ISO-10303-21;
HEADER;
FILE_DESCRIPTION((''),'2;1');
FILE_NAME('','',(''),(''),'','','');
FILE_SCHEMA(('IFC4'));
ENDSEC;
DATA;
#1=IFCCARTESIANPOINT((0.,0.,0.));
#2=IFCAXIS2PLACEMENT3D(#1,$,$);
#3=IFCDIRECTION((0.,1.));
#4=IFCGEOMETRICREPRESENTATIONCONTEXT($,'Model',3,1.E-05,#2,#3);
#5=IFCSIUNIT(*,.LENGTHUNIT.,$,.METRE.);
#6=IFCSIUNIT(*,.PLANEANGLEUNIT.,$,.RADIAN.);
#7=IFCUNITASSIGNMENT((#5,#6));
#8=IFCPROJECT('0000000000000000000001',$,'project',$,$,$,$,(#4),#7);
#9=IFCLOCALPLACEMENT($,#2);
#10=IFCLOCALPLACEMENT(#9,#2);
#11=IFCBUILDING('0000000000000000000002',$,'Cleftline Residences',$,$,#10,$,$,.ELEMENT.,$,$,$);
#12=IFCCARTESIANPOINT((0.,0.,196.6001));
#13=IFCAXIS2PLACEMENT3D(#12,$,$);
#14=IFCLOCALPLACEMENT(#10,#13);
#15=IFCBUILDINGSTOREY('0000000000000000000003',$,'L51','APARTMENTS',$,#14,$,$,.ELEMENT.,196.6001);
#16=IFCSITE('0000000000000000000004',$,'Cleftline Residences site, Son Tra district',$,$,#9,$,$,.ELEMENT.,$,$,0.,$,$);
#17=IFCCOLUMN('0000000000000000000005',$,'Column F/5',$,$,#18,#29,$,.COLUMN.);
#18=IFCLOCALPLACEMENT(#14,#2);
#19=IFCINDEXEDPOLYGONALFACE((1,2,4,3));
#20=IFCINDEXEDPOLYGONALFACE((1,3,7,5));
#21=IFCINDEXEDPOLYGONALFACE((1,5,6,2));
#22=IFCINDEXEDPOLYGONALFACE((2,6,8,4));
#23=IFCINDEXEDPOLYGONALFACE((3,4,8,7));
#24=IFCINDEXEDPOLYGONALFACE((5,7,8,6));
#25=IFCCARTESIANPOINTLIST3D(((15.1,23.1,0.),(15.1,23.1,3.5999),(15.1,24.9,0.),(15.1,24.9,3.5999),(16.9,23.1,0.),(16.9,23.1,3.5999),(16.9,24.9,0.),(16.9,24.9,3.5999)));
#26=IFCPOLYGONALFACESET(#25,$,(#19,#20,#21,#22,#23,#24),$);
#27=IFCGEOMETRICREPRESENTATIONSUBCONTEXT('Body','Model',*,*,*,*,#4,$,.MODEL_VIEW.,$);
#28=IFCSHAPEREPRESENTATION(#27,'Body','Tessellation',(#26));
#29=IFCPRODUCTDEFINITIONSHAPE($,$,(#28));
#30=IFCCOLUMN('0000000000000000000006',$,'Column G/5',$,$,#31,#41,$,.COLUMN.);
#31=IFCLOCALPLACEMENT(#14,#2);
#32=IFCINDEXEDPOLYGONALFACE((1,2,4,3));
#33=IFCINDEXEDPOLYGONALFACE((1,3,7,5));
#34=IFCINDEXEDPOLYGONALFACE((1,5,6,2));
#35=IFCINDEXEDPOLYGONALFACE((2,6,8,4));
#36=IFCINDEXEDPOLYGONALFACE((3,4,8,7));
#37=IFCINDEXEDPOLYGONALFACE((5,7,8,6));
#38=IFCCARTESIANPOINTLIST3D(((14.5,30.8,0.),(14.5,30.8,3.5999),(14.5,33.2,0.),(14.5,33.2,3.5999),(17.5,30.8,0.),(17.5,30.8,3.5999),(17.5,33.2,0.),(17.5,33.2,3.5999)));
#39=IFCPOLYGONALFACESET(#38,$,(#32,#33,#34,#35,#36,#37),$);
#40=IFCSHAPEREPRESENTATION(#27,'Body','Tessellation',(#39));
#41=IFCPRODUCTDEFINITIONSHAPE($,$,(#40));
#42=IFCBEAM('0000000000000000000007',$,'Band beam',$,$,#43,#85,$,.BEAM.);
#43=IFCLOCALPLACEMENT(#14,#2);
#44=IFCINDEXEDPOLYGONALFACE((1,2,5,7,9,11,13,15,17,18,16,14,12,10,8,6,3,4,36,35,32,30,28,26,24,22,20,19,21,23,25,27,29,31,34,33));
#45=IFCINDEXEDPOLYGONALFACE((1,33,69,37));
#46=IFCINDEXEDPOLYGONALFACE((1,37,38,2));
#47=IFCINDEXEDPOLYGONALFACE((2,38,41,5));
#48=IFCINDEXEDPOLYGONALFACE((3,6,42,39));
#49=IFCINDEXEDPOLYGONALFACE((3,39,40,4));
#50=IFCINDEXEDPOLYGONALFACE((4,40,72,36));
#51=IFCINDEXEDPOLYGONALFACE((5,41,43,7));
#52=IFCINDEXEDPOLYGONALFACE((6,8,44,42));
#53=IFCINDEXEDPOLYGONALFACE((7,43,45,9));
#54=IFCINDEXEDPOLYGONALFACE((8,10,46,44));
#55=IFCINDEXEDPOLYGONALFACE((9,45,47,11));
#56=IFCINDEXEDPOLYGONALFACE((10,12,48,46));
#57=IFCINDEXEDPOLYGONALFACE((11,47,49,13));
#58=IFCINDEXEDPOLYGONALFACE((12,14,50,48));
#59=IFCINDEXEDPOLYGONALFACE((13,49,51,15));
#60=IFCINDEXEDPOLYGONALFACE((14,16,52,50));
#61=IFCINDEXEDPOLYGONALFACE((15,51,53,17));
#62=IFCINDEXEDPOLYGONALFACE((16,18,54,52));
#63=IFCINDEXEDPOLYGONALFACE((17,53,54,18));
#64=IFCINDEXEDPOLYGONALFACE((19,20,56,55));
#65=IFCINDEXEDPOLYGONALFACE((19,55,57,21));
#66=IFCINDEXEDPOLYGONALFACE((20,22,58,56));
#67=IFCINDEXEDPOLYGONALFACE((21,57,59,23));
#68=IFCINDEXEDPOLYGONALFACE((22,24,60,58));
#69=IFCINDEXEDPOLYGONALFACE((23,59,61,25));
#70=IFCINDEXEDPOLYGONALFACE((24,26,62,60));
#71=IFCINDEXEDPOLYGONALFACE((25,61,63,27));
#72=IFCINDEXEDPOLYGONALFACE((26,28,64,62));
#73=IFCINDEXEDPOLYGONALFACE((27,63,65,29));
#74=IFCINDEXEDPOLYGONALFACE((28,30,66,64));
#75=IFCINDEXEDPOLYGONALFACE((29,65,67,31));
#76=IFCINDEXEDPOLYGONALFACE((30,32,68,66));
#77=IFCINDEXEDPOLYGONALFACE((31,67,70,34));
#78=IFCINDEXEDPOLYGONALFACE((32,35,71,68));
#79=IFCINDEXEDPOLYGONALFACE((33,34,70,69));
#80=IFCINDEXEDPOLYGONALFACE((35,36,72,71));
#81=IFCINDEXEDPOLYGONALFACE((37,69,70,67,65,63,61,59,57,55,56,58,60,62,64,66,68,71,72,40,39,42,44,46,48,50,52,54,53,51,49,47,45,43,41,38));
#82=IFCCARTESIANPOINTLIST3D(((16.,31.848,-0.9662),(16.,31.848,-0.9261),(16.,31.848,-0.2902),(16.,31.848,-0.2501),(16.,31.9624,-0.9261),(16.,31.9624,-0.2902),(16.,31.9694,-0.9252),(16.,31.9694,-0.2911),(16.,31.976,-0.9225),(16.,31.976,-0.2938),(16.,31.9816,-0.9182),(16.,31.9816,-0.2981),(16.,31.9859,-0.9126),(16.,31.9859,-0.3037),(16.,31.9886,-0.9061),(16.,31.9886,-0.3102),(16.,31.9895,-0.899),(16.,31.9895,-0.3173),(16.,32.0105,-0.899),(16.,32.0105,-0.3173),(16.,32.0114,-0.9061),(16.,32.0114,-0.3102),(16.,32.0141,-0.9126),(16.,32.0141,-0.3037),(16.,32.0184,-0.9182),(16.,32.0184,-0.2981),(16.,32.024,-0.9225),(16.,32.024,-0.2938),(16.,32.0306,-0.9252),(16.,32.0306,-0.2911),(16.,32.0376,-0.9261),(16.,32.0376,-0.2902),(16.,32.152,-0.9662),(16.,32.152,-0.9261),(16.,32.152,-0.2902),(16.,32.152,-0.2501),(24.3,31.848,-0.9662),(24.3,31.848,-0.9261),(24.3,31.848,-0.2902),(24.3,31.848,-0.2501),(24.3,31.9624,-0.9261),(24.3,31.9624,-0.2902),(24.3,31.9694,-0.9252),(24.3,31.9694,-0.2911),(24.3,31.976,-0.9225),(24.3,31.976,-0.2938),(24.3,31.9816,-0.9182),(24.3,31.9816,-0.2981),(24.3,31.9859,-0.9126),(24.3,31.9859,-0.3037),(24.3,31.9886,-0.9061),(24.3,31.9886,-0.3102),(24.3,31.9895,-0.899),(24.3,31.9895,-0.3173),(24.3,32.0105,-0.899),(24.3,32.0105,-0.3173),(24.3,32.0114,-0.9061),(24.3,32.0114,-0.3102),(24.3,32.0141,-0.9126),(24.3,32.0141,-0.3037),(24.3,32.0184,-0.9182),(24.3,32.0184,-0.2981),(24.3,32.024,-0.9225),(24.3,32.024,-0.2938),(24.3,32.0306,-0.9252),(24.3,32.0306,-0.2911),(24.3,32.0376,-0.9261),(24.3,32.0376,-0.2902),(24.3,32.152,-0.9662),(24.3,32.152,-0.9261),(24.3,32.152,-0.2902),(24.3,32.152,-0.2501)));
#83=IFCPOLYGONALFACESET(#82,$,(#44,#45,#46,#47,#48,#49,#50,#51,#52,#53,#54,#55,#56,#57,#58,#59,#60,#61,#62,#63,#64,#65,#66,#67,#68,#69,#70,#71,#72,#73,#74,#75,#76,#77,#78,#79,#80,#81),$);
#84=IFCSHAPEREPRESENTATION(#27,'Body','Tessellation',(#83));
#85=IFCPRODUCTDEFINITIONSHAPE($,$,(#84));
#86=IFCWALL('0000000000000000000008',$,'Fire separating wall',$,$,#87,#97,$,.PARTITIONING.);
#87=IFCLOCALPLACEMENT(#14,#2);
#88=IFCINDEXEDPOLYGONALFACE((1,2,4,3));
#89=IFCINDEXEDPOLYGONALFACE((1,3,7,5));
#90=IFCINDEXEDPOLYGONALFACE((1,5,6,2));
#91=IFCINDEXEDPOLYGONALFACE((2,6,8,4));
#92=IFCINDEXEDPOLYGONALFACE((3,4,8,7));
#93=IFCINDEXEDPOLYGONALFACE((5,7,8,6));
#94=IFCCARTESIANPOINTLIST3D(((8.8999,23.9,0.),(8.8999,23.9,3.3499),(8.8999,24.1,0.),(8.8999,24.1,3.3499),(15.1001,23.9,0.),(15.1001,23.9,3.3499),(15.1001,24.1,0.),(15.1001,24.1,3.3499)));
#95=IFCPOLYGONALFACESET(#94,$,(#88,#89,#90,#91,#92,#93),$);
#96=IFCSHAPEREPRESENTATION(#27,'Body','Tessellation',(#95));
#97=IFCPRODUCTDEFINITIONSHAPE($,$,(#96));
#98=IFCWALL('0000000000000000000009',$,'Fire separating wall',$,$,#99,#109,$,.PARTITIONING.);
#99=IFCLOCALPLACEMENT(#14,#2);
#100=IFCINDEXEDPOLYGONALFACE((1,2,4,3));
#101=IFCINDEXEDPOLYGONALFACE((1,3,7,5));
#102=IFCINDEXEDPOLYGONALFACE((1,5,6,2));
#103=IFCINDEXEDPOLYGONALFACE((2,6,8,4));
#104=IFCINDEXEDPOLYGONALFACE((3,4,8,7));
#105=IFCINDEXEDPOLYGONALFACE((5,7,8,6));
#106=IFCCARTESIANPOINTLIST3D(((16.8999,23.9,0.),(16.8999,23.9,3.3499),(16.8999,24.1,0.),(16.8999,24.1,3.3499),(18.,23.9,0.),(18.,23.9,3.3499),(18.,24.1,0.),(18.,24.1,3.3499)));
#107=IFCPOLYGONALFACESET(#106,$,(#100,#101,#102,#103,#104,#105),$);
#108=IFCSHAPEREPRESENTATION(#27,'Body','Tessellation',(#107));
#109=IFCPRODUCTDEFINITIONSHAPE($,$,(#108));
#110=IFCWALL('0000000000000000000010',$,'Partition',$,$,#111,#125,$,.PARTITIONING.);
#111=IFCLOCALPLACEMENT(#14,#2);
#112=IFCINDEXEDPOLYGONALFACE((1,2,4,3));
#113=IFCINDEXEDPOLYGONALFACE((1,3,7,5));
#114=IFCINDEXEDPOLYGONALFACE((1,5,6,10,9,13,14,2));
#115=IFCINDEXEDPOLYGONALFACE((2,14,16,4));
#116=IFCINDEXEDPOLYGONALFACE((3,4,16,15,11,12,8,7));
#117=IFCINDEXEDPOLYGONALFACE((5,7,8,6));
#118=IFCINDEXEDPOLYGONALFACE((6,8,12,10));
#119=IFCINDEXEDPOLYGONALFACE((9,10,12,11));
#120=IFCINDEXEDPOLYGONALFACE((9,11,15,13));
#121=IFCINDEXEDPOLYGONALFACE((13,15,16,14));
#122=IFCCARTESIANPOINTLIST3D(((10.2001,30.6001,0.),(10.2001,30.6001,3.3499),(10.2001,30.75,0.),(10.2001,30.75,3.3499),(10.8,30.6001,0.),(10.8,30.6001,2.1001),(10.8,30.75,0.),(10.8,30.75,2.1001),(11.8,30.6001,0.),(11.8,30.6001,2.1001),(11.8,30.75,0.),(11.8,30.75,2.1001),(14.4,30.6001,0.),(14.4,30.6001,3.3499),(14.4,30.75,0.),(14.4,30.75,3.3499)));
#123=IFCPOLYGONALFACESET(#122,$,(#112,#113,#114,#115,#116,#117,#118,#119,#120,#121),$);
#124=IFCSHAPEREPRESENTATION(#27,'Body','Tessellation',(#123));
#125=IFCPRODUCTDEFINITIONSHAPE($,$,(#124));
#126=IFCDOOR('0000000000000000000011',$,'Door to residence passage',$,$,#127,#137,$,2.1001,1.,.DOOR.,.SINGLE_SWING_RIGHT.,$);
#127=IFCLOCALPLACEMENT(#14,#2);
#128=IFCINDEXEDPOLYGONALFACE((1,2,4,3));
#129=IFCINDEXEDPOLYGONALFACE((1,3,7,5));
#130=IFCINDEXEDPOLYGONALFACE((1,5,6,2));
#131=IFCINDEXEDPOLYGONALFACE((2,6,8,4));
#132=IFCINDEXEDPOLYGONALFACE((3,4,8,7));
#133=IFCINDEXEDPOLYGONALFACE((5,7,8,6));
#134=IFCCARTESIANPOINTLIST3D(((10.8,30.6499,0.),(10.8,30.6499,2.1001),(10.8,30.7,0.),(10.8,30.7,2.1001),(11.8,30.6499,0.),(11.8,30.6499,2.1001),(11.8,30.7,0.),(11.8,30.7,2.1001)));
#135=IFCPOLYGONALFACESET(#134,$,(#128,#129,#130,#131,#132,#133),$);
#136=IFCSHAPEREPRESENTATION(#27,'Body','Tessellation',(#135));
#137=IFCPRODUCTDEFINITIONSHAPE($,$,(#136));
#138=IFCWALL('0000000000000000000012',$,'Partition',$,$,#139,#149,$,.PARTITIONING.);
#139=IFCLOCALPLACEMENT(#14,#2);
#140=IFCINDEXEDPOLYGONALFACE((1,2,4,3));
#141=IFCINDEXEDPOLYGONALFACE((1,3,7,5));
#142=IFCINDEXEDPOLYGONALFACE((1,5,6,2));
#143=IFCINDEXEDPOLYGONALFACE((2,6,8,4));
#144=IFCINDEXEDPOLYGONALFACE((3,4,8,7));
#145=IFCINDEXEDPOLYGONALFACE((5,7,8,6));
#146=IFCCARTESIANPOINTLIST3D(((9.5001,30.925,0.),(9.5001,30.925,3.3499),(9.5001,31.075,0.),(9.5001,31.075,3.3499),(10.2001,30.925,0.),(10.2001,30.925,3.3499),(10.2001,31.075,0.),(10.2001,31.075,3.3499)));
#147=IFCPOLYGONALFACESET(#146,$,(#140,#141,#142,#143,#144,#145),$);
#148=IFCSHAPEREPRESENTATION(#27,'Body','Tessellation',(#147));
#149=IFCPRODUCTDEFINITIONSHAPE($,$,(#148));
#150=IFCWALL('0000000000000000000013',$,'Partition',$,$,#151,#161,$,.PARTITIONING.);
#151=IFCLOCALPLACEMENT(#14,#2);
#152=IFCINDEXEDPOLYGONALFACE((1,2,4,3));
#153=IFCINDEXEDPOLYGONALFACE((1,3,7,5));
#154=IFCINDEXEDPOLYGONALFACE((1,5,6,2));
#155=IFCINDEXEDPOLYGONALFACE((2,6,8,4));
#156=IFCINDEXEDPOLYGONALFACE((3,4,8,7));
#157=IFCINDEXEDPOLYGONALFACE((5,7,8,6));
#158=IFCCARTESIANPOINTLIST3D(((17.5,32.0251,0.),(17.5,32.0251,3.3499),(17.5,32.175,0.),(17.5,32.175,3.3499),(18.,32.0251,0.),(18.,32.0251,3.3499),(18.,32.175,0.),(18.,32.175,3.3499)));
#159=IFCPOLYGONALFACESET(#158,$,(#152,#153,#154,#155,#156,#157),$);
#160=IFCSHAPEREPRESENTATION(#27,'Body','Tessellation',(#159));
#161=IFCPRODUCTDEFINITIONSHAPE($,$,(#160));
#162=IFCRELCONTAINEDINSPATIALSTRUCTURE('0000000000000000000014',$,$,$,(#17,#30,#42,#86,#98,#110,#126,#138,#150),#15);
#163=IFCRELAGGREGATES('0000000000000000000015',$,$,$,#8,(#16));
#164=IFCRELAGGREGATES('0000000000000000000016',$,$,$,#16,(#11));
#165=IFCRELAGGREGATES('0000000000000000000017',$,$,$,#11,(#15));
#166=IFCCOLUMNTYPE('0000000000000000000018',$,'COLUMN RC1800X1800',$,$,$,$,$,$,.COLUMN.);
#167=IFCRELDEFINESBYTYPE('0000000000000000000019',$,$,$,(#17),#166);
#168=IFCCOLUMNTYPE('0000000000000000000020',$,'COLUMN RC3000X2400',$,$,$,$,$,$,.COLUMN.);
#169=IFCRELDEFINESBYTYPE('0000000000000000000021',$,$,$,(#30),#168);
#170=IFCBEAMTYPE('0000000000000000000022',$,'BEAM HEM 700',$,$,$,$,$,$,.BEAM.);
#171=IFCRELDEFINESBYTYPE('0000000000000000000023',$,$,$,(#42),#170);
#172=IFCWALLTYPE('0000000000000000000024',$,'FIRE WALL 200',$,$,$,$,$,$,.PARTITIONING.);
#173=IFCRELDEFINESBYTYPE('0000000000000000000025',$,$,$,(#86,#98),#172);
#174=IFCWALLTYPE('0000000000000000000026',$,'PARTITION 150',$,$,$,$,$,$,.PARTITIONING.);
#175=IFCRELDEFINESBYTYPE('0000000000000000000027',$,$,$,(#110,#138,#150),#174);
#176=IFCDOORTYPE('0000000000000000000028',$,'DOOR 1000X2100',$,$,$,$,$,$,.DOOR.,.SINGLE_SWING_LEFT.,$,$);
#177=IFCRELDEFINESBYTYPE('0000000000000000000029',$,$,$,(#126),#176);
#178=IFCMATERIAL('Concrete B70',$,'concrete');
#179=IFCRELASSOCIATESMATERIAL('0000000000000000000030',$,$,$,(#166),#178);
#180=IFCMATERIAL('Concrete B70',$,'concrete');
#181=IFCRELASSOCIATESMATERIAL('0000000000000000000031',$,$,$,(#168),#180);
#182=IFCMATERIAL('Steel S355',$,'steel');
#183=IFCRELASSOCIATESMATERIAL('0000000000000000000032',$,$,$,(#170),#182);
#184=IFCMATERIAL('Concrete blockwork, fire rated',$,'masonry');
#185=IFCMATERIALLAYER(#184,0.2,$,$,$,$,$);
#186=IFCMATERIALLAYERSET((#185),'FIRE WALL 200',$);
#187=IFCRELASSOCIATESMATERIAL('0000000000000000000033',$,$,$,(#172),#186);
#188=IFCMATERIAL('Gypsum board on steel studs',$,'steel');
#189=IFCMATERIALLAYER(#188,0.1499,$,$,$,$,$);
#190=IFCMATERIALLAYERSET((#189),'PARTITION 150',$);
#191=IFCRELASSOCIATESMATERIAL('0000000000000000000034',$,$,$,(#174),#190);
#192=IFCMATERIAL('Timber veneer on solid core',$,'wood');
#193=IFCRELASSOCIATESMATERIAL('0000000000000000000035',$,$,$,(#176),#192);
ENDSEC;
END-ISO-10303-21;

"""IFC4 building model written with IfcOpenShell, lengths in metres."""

from ifc_helpers import new_model, si_unit, direction, frame, frame_2d, origin, origin_2d, place, context, subcontext, project, spatial, rectangle, i_section, extrude, material, layer, layer_set, material_profile, profile_set, type_object, element, fill, save


model = new_model("IFC4")

# Units and contexts
model_context = context("Model", 3, precision=1e-05, world=origin(), true_north=direction((0.0, 1.0)))
body_context = subcontext(model_context, "Body", "Model", "MODEL_VIEW")
ifc_project = project(units=[si_unit("LENGTHUNIT", "METRE"), si_unit("PLANEANGLEUNIT", "RADIAN")], contexts=[model_context])

# Site, building, storey
site_placement = place(None, origin())
site = spatial("IfcSite", under=ifc_project, at=site_placement, Name="Cleftline Residences site, Son Tra district", CompositionType="ELEMENT", RefElevation=0.0)
building_placement = place(site_placement, origin())
building = spatial("IfcBuilding", under=site, at=building_placement, Name="Cleftline Residences", CompositionType="ELEMENT")
storey_placement = place(building_placement, frame((0.0, 0.0, 196.6001)))
storey = spatial("IfcBuildingStorey", under=building, at=storey_placement, Name="L51", Description="APARTMENTS", CompositionType="ELEMENT", Elevation=196.6001)

# Columns
ifc_material_1 = material(Name="Concrete B70", Category="concrete")
ifc_material_profile_1 = material_profile(ifc_material_1, rectangle(XDim=1.8, YDim=1.8, at=origin_2d()))
ifc_profile_set_1 = profile_set([ifc_material_profile_1], Name="Concrete B70")
column_type_1 = type_object("IfcColumnType", Name="COLUMN RC1800X1800", PredefinedType="COLUMN", material=ifc_profile_set_1)
column_1_placement = place(storey_placement, frame((16.0, 24.0, 0.0), z_axis=(0.0, 0.0, 1.0), x_axis=(1.0, 0.0, 0.0)))
element("IfcColumn", 1, at=column_1_placement, inside=storey, type_object=column_type_1, Name="Column F/5", PredefinedType="COLUMN", context=body_context, shape_type="SweptSolid", body=[
    extrude(rectangle(XDim=1.8, YDim=1.8, at=origin_2d()), origin(), (0.0, 0.0, 1.0), 3.5999),
])
ifc_material_2 = material(Name="Concrete B70", Category="concrete")
ifc_material_profile_2 = material_profile(ifc_material_2, rectangle(XDim=3.0, YDim=2.3999, at=origin_2d()))
ifc_profile_set_2 = profile_set([ifc_material_profile_2], Name="Concrete B70")
column_type_2 = type_object("IfcColumnType", Name="COLUMN RC3000X2400", PredefinedType="COLUMN", material=ifc_profile_set_2)
column_2_placement = place(storey_placement, frame((16.0, 32.0, 0.0), z_axis=(0.0, 0.0, 1.0), x_axis=(1.0, 0.0, 0.0)))
element("IfcColumn", 2, at=column_2_placement, inside=storey, type_object=column_type_2, Name="Column G/5", PredefinedType="COLUMN", context=body_context, shape_type="SweptSolid", body=[
    extrude(rectangle(XDim=3.0, YDim=2.3999, at=origin_2d()), origin(), (0.0, 0.0, 1.0), 3.5999),
])

# Beam
ifc_material_3 = material(Name="Steel S355", Category="steel")
ifc_material_profile_3 = material_profile(ifc_material_3, i_section(OverallWidth=0.304, OverallDepth=0.7161, WebThickness=0.021, FlangeThickness=0.04, FilletRadius=0.0271, at=origin_2d()))
ifc_profile_set_3 = profile_set([ifc_material_profile_3], Name="Steel S355")
beam_type = type_object("IfcBeamType", Name="BEAM HEM 700", PredefinedType="BEAM", material=ifc_profile_set_3)
beam_placement = place(storey_placement, frame((16.0, 32.0, -0.6082), z_axis=(1.0, 0.0, 0.0), x_axis=(0.0, 1.0, 0.0)))
element("IfcBeam", 3, at=beam_placement, inside=storey, type_object=beam_type, Name="Band beam", PredefinedType="BEAM", context=body_context, shape_type="SweptSolid", body=[
    extrude(i_section(OverallWidth=0.304, OverallDepth=0.7161, WebThickness=0.021, FlangeThickness=0.04, FilletRadius=0.0271, at=origin_2d()), origin(), (0.0, 0.0, 1.0), 8.3),
])

# Walls
ifc_material_4 = material(Name="Concrete blockwork, fire rated", Category="masonry")
ifc_layer_1 = layer(ifc_material_4, 0.2)
ifc_layer_set_1 = layer_set([ifc_layer_1], Name="FIRE WALL 200")
wall_type_1 = type_object("IfcWallType", Name="FIRE WALL 200", PredefinedType="PARTITIONING", material=ifc_layer_set_1)
wall_1_placement = place(storey_placement, frame((8.8999, 24.0, 0.0), z_axis=(0.0, 0.0, 1.0), x_axis=(1.0, 0.0, 0.0)))
element("IfcWall", 4, at=wall_1_placement, inside=storey, type_object=wall_type_1, Name="Fire separating wall", PredefinedType="PARTITIONING", context=body_context, shape_type="SweptSolid", body=[
    extrude(rectangle(XDim=6.2002, YDim=0.2, at=frame_2d((3.1001, 0.0))), origin(), (0.0, 0.0, 1.0), 3.3499),
])
wall_2_placement = place(storey_placement, frame((16.8999, 24.0, 0.0), z_axis=(0.0, 0.0, 1.0), x_axis=(1.0, 0.0, 0.0)))
element("IfcWall", 5, at=wall_2_placement, inside=storey, type_object=wall_type_1, Name="Fire separating wall", PredefinedType="PARTITIONING", context=body_context, shape_type="SweptSolid", body=[
    extrude(rectangle(XDim=1.1001, YDim=0.2, at=frame_2d((0.55, 0.0))), origin(), (0.0, 0.0, 1.0), 3.3499),
])

# Wall, opening, door
ifc_material_5 = material(Name="Gypsum board on steel studs", Category="steel")
ifc_layer_2 = layer(ifc_material_5, 0.1499)
ifc_layer_set_2 = layer_set([ifc_layer_2], Name="PARTITION 150")
wall_type_2 = type_object("IfcWallType", Name="PARTITION 150", PredefinedType="PARTITIONING", material=ifc_layer_set_2)
wall_3_placement = place(storey_placement, frame((10.2, 30.675, 0.0), z_axis=(0.0, 0.0, 1.0), x_axis=(1.0, 0.0, 0.0)))
wall_3 = element("IfcWall", 6, at=wall_3_placement, inside=storey, type_object=wall_type_2, Name="Partition", PredefinedType="PARTITIONING", context=body_context, shape_type="SweptSolid", body=[
    extrude(rectangle(XDim=4.2, YDim=0.1499, at=frame_2d((2.1001, 0.0))), origin(), (0.0, 0.0, 1.0), 3.3499),
])
opening_1_placement = place(wall_3_placement, frame((0.6001, 0.0, 0.0)))
opening_1 = element("IfcOpeningElement", 7, at=opening_1_placement, cuts=wall_3, PredefinedType="OPENING", context=body_context, shape_type="SweptSolid", body=[
    extrude(rectangle(XDim=1.0, YDim=2.1001, at=frame_2d((0.5, 1.05))), frame((0.0, 0.085, 0.0), z_axis=(0.0, -1.0, 0.0), x_axis=(1.0, 0.0, 0.0)), (0.0, 0.0, 1.0), 0.1699),
])
ifc_material_6 = material(Name="Timber veneer on solid core", Category="wood")
door_type_1 = type_object("IfcDoorType", Name="DOOR 1000X2100", OperationType="SINGLE_SWING_LEFT", PredefinedType="DOOR", material=ifc_material_6)
door_1_placement = place(opening_1_placement, origin())
door_1 = element("IfcDoor", 8, at=door_1_placement, inside=storey, type_object=door_type_1, Name="Door to residence passage", OperationType="SINGLE_SWING_RIGHT", OverallHeight=2.1001, OverallWidth=1.0, PredefinedType="DOOR", context=body_context, shape_type="SweptSolid", body=[
    extrude(rectangle(XDim=1.0, YDim=2.1001, at=frame_2d((0.5, 1.05))), frame((0.0, 0.0249, 0.0), z_axis=(0.0, -1.0, 0.0), x_axis=(1.0, 0.0, 0.0)), (0.0, 0.0, 1.0), 0.05),
])
fill(opening_1, door_1)

# Walls
wall_4_placement = place(storey_placement, frame((9.5, 31.0, 0.0), z_axis=(0.0, 0.0, 1.0), x_axis=(1.0, 0.0, 0.0)))
element("IfcWall", 9, at=wall_4_placement, inside=storey, type_object=wall_type_2, Name="Partition", PredefinedType="PARTITIONING", context=body_context, shape_type="SweptSolid", body=[
    extrude(rectangle(XDim=0.7, YDim=0.1499, at=frame_2d((0.3501, 0.0))), origin(), (0.0, 0.0, 1.0), 3.3499),
])
wall_5_placement = place(storey_placement, frame((17.5, 32.1001, 0.0), z_axis=(0.0, 0.0, 1.0), x_axis=(1.0, 0.0, 0.0)))
element("IfcWall", 10, at=wall_5_placement, inside=storey, type_object=wall_type_2, Name="Partition", PredefinedType="PARTITIONING", context=body_context, shape_type="SweptSolid", body=[
    extrude(rectangle(XDim=0.5, YDim=0.1499, at=frame_2d((0.25, 0.0))), origin(), (0.0, 0.0, 1.0), 3.3499),
])

save(model, "model.ifc")
